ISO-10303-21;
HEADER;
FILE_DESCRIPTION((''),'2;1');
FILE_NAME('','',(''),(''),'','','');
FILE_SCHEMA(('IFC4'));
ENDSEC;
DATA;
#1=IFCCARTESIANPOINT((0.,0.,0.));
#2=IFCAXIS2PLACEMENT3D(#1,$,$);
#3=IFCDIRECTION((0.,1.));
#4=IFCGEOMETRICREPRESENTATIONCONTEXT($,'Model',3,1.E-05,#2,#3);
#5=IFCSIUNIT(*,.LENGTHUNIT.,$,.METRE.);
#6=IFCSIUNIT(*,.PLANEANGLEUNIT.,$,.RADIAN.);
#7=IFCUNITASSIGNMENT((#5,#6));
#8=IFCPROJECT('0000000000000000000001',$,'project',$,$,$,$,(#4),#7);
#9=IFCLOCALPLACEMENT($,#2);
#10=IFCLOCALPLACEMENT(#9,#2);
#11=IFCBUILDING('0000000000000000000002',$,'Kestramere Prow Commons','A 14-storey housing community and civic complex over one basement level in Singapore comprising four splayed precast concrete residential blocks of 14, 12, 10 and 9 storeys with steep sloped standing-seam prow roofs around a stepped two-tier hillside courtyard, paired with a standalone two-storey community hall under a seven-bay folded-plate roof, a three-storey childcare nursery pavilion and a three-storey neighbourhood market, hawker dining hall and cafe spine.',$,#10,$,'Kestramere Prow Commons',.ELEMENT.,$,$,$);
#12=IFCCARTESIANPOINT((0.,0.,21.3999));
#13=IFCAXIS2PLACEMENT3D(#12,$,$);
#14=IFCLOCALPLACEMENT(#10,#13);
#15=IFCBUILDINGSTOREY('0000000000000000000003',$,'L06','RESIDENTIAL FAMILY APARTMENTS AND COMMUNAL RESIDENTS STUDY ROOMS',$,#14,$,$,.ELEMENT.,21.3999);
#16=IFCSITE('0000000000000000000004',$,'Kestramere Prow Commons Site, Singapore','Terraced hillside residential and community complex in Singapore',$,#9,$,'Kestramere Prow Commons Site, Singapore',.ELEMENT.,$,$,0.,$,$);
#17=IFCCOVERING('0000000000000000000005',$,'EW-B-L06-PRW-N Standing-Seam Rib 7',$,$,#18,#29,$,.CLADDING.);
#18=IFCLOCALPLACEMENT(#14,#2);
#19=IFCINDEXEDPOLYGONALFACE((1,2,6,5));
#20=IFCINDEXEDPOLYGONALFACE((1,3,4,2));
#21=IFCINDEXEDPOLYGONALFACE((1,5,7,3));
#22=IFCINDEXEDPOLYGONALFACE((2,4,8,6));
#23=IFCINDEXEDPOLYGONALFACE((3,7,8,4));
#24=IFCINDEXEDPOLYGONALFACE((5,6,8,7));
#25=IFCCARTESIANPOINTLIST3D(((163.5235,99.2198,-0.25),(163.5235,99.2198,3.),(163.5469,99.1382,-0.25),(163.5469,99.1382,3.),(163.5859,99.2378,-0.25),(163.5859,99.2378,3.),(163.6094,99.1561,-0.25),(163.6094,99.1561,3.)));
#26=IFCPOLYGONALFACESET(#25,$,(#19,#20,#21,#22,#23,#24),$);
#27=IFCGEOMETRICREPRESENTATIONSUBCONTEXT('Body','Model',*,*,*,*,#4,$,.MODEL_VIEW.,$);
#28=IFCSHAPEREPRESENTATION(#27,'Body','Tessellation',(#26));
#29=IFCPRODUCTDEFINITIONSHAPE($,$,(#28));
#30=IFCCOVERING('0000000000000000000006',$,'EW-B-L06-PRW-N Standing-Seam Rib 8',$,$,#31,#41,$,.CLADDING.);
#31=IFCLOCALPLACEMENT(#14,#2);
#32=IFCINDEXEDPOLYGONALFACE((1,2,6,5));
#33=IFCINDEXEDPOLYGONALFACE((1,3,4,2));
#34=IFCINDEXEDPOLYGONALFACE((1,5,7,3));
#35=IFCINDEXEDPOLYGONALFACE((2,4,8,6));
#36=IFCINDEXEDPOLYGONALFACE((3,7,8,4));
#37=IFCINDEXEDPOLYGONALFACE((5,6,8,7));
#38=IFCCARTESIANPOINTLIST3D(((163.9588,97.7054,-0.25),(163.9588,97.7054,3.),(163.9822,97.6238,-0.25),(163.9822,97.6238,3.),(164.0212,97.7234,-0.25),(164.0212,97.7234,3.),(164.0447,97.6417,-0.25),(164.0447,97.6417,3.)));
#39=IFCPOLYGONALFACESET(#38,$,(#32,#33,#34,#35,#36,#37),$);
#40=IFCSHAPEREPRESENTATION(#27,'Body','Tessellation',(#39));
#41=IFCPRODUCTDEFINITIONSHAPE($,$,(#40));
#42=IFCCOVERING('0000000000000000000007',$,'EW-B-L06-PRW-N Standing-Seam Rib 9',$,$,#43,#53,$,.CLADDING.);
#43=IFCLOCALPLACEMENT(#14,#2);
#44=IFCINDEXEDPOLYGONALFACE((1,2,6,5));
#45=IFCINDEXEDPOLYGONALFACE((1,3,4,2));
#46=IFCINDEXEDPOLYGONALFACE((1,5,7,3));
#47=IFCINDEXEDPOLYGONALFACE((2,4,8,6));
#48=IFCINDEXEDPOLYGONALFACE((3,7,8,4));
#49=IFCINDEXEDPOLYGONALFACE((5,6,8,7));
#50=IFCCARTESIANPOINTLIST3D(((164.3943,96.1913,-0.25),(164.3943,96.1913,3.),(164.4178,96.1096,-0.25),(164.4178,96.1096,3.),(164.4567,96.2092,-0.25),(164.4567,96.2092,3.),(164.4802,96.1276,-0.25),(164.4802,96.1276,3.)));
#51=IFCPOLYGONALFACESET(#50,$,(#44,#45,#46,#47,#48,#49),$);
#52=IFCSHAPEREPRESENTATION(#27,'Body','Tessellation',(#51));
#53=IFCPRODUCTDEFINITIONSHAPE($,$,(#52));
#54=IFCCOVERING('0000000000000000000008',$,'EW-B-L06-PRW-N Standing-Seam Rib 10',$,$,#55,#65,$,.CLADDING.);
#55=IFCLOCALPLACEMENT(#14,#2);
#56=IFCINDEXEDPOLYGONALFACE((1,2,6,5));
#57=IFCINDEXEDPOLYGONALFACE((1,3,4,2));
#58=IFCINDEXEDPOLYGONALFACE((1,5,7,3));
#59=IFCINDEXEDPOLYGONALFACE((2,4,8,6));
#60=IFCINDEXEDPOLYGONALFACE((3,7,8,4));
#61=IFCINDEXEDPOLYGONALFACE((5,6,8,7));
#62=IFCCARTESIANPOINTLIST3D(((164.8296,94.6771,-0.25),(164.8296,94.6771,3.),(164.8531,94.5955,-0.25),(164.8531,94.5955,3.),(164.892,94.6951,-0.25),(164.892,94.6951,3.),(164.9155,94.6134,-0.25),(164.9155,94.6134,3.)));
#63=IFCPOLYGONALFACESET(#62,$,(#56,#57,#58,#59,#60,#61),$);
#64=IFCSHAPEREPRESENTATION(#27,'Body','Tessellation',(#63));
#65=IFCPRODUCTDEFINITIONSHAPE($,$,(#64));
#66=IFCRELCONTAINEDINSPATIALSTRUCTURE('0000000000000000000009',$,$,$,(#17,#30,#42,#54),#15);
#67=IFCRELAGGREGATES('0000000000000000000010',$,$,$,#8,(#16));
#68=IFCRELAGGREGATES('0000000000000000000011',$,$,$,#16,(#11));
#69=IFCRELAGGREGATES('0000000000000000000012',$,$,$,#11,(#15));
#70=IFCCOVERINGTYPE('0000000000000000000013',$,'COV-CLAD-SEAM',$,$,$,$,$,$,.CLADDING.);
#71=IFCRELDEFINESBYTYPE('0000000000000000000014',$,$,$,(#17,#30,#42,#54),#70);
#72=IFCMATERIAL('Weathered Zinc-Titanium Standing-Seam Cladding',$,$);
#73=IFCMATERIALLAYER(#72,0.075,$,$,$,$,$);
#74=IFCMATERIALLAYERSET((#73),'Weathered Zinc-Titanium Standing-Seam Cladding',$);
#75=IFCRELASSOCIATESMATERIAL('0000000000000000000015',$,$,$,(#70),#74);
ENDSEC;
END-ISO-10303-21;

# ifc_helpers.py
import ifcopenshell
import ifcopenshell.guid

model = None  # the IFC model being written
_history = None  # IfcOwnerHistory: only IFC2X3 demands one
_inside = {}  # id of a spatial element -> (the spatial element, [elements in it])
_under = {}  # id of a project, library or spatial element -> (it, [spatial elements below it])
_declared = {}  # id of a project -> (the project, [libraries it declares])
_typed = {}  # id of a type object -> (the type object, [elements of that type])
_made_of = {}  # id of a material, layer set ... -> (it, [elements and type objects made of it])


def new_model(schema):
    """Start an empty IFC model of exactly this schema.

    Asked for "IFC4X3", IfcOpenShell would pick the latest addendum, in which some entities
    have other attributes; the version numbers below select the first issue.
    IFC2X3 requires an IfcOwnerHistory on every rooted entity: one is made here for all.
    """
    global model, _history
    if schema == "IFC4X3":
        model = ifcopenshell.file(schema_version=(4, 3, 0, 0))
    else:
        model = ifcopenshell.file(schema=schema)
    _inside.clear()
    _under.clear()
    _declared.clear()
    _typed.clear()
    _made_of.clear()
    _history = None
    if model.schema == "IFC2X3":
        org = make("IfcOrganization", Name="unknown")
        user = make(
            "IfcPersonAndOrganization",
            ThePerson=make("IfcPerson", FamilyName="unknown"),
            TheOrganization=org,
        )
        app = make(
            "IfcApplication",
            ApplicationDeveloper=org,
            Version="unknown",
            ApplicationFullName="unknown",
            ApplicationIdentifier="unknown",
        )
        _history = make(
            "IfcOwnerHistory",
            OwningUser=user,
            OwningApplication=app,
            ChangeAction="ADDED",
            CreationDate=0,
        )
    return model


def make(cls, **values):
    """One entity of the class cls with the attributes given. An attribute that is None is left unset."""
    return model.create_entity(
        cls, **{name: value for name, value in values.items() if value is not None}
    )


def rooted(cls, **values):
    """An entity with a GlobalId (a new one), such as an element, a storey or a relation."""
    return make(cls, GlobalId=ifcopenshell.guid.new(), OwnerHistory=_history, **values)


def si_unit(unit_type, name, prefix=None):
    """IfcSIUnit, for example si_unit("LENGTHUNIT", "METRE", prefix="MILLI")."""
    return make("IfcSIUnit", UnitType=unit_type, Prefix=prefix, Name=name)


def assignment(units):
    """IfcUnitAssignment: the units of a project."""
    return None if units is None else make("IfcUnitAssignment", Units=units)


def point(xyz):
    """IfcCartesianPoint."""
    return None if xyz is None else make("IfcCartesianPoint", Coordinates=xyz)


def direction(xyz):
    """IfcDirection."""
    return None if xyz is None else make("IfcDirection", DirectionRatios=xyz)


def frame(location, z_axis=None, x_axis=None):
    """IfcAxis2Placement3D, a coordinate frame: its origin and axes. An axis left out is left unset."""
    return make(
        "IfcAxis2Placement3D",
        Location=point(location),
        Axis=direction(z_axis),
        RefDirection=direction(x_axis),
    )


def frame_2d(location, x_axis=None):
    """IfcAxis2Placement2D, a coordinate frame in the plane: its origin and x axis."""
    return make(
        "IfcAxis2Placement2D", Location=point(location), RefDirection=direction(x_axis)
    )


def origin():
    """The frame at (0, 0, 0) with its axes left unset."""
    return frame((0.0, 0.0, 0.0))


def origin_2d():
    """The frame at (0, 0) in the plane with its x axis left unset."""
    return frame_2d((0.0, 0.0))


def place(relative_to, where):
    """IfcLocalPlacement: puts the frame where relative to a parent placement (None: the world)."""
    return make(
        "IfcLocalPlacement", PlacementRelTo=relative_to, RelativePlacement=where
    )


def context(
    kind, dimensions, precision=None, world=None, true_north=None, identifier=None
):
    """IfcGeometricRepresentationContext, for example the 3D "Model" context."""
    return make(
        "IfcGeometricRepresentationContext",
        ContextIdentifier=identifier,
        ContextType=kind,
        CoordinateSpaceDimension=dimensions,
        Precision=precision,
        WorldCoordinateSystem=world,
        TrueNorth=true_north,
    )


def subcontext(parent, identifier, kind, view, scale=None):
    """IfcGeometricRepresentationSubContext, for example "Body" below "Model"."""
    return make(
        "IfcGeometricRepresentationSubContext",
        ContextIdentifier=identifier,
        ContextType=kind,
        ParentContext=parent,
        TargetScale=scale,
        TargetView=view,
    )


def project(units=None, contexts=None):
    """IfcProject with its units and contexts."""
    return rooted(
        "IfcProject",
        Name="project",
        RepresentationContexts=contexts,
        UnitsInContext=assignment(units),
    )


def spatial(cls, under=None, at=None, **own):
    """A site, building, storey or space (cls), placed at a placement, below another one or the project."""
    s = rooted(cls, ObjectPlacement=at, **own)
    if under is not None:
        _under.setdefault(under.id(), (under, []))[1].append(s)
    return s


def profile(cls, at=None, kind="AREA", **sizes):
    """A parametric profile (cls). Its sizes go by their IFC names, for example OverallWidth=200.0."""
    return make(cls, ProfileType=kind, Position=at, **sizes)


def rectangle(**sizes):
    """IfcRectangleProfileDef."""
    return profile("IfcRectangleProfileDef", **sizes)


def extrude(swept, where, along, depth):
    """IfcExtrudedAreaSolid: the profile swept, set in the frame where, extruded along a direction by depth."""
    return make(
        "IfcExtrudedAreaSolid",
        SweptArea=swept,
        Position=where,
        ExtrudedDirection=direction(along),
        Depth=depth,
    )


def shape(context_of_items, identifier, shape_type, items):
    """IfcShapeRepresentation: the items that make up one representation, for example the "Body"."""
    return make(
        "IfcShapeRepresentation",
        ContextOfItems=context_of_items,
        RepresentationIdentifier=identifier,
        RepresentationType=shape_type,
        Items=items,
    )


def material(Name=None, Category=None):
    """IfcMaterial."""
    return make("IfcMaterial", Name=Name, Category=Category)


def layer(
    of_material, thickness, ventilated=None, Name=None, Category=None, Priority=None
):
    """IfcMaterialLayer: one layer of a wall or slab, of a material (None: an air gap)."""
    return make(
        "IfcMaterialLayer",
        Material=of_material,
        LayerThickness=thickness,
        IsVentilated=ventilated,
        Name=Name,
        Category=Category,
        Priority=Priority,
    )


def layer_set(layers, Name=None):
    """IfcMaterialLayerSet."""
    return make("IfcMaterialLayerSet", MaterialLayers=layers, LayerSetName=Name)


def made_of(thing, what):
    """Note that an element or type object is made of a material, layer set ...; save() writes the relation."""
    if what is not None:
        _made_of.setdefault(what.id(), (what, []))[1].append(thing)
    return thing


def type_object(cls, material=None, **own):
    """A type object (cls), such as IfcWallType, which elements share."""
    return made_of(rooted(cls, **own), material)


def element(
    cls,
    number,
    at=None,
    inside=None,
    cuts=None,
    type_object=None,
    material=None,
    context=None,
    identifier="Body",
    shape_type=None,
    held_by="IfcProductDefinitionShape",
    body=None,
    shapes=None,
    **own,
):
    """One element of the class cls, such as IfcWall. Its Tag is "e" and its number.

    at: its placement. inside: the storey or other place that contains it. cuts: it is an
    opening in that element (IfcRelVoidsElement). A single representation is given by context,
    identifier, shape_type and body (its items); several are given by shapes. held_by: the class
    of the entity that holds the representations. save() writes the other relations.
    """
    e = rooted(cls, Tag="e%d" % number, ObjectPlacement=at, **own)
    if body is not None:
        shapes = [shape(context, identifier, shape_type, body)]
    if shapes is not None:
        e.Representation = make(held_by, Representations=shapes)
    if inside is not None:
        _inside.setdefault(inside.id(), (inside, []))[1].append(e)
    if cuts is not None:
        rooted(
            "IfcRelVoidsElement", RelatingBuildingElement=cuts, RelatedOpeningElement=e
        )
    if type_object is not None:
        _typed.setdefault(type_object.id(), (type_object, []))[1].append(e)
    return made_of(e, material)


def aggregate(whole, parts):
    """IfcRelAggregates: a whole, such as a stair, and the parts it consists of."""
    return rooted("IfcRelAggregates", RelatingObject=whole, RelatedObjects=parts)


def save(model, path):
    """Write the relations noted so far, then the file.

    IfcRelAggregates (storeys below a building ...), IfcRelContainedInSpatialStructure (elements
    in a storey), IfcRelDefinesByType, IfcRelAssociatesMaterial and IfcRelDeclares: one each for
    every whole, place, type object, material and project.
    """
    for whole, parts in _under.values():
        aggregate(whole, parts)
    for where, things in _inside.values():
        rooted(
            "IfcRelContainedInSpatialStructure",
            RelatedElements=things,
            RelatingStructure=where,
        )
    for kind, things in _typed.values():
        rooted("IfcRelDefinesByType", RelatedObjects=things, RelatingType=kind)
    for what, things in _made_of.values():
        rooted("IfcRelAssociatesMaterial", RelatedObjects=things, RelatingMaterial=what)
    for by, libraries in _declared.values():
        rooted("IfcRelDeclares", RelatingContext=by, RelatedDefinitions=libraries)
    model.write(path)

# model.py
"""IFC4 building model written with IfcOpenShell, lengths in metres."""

from ifc_helpers import new_model, si_unit, direction, frame, origin, origin_2d, place, context, subcontext, project, spatial, rectangle, extrude, material, layer, layer_set, type_object, element, save


model = new_model("IFC4")

# Units and contexts
model_context = context("Model", 3, precision=1e-05, world=origin(), true_north=direction((0.0, 1.0)))
body_context = subcontext(model_context, "Body", "Model", "MODEL_VIEW")
ifc_project = project(units=[si_unit("LENGTHUNIT", "METRE"), si_unit("PLANEANGLEUNIT", "RADIAN")], contexts=[model_context])

# Site, building, storey
site_placement = place(None, origin())
site = spatial("IfcSite", under=ifc_project, at=site_placement, Name="Kestramere Prow Commons Site, Singapore", Description="Terraced hillside residential and community complex in Singapore", LongName="Kestramere Prow Commons Site, Singapore", CompositionType="ELEMENT", RefElevation=0.0)
building_placement = place(site_placement, origin())
building = spatial("IfcBuilding", under=site, at=building_placement, Name="Kestramere Prow Commons", Description="A 14-storey housing community and civic complex over one basement level in Singapore comprising four splayed precast concrete residential blocks of 14, 12, 10 and 9 storeys with steep sloped standing-seam prow roofs around a stepped two-tier hillside courtyard, paired with a standalone two-storey community hall under a seven-bay folded-plate roof, a three-storey childcare nursery pavilion and a three-storey neighbourhood market, hawker dining hall and cafe spine.", LongName="Kestramere Prow Commons", CompositionType="ELEMENT")
storey_placement = place(building_placement, frame((0.0, 0.0, 21.3999)))
storey = spatial("IfcBuildingStorey", under=building, at=storey_placement, Name="L06", Description="RESIDENTIAL FAMILY APARTMENTS AND COMMUNAL RESIDENTS STUDY ROOMS", CompositionType="ELEMENT", Elevation=21.3999)

# Coverings
ifc_material_1 = material(Name="Weathered Zinc-Titanium Standing-Seam Cladding")
ifc_layer_1 = layer(ifc_material_1, 0.075)
ifc_layer_set_1 = layer_set([ifc_layer_1], Name="Weathered Zinc-Titanium Standing-Seam Cladding")
covering_type = type_object("IfcCoveringType", Name="COV-CLAD-SEAM", PredefinedType="CLADDING", material=ifc_layer_set_1)
for number, where, z_axis, x_axis, name in (
    (1, (163.5664, 99.188, -0.25), (0.0, 0.0, 1.0), (0.276318, -0.961066, 0.0), "EW-B-L06-PRW-N Standing-Seam Rib 7"),
    (2, (164.0017, 97.6736, -0.25), (0.0, 0.0, 1.0), (0.276318, -0.961066, 0.0), "EW-B-L06-PRW-N Standing-Seam Rib 8"),
    (3, (164.4373, 96.1594, -0.25), (0.0, 0.0, 1.0), (0.276318, -0.961066, 0.0), "EW-B-L06-PRW-N Standing-Seam Rib 9"),
    (4, (164.8726, 94.6453, -0.25), (0.0, 0.0, 1.0), (0.276318, -0.961066, 0.0), "EW-B-L06-PRW-N Standing-Seam Rib 10"),
):
    element("IfcCovering", number, at=place(storey_placement, frame(where, z_axis=z_axis, x_axis=x_axis)), inside=storey, type_object=covering_type, Name=name, PredefinedType="CLADDING", context=body_context, shape_type="SweptSolid", body=[
        extrude(rectangle(XDim=0.085, YDim=0.0649, at=origin_2d()), origin(), (0.0, 0.0, 1.0), 3.25),
    ])

save(model, "model.ifc")
